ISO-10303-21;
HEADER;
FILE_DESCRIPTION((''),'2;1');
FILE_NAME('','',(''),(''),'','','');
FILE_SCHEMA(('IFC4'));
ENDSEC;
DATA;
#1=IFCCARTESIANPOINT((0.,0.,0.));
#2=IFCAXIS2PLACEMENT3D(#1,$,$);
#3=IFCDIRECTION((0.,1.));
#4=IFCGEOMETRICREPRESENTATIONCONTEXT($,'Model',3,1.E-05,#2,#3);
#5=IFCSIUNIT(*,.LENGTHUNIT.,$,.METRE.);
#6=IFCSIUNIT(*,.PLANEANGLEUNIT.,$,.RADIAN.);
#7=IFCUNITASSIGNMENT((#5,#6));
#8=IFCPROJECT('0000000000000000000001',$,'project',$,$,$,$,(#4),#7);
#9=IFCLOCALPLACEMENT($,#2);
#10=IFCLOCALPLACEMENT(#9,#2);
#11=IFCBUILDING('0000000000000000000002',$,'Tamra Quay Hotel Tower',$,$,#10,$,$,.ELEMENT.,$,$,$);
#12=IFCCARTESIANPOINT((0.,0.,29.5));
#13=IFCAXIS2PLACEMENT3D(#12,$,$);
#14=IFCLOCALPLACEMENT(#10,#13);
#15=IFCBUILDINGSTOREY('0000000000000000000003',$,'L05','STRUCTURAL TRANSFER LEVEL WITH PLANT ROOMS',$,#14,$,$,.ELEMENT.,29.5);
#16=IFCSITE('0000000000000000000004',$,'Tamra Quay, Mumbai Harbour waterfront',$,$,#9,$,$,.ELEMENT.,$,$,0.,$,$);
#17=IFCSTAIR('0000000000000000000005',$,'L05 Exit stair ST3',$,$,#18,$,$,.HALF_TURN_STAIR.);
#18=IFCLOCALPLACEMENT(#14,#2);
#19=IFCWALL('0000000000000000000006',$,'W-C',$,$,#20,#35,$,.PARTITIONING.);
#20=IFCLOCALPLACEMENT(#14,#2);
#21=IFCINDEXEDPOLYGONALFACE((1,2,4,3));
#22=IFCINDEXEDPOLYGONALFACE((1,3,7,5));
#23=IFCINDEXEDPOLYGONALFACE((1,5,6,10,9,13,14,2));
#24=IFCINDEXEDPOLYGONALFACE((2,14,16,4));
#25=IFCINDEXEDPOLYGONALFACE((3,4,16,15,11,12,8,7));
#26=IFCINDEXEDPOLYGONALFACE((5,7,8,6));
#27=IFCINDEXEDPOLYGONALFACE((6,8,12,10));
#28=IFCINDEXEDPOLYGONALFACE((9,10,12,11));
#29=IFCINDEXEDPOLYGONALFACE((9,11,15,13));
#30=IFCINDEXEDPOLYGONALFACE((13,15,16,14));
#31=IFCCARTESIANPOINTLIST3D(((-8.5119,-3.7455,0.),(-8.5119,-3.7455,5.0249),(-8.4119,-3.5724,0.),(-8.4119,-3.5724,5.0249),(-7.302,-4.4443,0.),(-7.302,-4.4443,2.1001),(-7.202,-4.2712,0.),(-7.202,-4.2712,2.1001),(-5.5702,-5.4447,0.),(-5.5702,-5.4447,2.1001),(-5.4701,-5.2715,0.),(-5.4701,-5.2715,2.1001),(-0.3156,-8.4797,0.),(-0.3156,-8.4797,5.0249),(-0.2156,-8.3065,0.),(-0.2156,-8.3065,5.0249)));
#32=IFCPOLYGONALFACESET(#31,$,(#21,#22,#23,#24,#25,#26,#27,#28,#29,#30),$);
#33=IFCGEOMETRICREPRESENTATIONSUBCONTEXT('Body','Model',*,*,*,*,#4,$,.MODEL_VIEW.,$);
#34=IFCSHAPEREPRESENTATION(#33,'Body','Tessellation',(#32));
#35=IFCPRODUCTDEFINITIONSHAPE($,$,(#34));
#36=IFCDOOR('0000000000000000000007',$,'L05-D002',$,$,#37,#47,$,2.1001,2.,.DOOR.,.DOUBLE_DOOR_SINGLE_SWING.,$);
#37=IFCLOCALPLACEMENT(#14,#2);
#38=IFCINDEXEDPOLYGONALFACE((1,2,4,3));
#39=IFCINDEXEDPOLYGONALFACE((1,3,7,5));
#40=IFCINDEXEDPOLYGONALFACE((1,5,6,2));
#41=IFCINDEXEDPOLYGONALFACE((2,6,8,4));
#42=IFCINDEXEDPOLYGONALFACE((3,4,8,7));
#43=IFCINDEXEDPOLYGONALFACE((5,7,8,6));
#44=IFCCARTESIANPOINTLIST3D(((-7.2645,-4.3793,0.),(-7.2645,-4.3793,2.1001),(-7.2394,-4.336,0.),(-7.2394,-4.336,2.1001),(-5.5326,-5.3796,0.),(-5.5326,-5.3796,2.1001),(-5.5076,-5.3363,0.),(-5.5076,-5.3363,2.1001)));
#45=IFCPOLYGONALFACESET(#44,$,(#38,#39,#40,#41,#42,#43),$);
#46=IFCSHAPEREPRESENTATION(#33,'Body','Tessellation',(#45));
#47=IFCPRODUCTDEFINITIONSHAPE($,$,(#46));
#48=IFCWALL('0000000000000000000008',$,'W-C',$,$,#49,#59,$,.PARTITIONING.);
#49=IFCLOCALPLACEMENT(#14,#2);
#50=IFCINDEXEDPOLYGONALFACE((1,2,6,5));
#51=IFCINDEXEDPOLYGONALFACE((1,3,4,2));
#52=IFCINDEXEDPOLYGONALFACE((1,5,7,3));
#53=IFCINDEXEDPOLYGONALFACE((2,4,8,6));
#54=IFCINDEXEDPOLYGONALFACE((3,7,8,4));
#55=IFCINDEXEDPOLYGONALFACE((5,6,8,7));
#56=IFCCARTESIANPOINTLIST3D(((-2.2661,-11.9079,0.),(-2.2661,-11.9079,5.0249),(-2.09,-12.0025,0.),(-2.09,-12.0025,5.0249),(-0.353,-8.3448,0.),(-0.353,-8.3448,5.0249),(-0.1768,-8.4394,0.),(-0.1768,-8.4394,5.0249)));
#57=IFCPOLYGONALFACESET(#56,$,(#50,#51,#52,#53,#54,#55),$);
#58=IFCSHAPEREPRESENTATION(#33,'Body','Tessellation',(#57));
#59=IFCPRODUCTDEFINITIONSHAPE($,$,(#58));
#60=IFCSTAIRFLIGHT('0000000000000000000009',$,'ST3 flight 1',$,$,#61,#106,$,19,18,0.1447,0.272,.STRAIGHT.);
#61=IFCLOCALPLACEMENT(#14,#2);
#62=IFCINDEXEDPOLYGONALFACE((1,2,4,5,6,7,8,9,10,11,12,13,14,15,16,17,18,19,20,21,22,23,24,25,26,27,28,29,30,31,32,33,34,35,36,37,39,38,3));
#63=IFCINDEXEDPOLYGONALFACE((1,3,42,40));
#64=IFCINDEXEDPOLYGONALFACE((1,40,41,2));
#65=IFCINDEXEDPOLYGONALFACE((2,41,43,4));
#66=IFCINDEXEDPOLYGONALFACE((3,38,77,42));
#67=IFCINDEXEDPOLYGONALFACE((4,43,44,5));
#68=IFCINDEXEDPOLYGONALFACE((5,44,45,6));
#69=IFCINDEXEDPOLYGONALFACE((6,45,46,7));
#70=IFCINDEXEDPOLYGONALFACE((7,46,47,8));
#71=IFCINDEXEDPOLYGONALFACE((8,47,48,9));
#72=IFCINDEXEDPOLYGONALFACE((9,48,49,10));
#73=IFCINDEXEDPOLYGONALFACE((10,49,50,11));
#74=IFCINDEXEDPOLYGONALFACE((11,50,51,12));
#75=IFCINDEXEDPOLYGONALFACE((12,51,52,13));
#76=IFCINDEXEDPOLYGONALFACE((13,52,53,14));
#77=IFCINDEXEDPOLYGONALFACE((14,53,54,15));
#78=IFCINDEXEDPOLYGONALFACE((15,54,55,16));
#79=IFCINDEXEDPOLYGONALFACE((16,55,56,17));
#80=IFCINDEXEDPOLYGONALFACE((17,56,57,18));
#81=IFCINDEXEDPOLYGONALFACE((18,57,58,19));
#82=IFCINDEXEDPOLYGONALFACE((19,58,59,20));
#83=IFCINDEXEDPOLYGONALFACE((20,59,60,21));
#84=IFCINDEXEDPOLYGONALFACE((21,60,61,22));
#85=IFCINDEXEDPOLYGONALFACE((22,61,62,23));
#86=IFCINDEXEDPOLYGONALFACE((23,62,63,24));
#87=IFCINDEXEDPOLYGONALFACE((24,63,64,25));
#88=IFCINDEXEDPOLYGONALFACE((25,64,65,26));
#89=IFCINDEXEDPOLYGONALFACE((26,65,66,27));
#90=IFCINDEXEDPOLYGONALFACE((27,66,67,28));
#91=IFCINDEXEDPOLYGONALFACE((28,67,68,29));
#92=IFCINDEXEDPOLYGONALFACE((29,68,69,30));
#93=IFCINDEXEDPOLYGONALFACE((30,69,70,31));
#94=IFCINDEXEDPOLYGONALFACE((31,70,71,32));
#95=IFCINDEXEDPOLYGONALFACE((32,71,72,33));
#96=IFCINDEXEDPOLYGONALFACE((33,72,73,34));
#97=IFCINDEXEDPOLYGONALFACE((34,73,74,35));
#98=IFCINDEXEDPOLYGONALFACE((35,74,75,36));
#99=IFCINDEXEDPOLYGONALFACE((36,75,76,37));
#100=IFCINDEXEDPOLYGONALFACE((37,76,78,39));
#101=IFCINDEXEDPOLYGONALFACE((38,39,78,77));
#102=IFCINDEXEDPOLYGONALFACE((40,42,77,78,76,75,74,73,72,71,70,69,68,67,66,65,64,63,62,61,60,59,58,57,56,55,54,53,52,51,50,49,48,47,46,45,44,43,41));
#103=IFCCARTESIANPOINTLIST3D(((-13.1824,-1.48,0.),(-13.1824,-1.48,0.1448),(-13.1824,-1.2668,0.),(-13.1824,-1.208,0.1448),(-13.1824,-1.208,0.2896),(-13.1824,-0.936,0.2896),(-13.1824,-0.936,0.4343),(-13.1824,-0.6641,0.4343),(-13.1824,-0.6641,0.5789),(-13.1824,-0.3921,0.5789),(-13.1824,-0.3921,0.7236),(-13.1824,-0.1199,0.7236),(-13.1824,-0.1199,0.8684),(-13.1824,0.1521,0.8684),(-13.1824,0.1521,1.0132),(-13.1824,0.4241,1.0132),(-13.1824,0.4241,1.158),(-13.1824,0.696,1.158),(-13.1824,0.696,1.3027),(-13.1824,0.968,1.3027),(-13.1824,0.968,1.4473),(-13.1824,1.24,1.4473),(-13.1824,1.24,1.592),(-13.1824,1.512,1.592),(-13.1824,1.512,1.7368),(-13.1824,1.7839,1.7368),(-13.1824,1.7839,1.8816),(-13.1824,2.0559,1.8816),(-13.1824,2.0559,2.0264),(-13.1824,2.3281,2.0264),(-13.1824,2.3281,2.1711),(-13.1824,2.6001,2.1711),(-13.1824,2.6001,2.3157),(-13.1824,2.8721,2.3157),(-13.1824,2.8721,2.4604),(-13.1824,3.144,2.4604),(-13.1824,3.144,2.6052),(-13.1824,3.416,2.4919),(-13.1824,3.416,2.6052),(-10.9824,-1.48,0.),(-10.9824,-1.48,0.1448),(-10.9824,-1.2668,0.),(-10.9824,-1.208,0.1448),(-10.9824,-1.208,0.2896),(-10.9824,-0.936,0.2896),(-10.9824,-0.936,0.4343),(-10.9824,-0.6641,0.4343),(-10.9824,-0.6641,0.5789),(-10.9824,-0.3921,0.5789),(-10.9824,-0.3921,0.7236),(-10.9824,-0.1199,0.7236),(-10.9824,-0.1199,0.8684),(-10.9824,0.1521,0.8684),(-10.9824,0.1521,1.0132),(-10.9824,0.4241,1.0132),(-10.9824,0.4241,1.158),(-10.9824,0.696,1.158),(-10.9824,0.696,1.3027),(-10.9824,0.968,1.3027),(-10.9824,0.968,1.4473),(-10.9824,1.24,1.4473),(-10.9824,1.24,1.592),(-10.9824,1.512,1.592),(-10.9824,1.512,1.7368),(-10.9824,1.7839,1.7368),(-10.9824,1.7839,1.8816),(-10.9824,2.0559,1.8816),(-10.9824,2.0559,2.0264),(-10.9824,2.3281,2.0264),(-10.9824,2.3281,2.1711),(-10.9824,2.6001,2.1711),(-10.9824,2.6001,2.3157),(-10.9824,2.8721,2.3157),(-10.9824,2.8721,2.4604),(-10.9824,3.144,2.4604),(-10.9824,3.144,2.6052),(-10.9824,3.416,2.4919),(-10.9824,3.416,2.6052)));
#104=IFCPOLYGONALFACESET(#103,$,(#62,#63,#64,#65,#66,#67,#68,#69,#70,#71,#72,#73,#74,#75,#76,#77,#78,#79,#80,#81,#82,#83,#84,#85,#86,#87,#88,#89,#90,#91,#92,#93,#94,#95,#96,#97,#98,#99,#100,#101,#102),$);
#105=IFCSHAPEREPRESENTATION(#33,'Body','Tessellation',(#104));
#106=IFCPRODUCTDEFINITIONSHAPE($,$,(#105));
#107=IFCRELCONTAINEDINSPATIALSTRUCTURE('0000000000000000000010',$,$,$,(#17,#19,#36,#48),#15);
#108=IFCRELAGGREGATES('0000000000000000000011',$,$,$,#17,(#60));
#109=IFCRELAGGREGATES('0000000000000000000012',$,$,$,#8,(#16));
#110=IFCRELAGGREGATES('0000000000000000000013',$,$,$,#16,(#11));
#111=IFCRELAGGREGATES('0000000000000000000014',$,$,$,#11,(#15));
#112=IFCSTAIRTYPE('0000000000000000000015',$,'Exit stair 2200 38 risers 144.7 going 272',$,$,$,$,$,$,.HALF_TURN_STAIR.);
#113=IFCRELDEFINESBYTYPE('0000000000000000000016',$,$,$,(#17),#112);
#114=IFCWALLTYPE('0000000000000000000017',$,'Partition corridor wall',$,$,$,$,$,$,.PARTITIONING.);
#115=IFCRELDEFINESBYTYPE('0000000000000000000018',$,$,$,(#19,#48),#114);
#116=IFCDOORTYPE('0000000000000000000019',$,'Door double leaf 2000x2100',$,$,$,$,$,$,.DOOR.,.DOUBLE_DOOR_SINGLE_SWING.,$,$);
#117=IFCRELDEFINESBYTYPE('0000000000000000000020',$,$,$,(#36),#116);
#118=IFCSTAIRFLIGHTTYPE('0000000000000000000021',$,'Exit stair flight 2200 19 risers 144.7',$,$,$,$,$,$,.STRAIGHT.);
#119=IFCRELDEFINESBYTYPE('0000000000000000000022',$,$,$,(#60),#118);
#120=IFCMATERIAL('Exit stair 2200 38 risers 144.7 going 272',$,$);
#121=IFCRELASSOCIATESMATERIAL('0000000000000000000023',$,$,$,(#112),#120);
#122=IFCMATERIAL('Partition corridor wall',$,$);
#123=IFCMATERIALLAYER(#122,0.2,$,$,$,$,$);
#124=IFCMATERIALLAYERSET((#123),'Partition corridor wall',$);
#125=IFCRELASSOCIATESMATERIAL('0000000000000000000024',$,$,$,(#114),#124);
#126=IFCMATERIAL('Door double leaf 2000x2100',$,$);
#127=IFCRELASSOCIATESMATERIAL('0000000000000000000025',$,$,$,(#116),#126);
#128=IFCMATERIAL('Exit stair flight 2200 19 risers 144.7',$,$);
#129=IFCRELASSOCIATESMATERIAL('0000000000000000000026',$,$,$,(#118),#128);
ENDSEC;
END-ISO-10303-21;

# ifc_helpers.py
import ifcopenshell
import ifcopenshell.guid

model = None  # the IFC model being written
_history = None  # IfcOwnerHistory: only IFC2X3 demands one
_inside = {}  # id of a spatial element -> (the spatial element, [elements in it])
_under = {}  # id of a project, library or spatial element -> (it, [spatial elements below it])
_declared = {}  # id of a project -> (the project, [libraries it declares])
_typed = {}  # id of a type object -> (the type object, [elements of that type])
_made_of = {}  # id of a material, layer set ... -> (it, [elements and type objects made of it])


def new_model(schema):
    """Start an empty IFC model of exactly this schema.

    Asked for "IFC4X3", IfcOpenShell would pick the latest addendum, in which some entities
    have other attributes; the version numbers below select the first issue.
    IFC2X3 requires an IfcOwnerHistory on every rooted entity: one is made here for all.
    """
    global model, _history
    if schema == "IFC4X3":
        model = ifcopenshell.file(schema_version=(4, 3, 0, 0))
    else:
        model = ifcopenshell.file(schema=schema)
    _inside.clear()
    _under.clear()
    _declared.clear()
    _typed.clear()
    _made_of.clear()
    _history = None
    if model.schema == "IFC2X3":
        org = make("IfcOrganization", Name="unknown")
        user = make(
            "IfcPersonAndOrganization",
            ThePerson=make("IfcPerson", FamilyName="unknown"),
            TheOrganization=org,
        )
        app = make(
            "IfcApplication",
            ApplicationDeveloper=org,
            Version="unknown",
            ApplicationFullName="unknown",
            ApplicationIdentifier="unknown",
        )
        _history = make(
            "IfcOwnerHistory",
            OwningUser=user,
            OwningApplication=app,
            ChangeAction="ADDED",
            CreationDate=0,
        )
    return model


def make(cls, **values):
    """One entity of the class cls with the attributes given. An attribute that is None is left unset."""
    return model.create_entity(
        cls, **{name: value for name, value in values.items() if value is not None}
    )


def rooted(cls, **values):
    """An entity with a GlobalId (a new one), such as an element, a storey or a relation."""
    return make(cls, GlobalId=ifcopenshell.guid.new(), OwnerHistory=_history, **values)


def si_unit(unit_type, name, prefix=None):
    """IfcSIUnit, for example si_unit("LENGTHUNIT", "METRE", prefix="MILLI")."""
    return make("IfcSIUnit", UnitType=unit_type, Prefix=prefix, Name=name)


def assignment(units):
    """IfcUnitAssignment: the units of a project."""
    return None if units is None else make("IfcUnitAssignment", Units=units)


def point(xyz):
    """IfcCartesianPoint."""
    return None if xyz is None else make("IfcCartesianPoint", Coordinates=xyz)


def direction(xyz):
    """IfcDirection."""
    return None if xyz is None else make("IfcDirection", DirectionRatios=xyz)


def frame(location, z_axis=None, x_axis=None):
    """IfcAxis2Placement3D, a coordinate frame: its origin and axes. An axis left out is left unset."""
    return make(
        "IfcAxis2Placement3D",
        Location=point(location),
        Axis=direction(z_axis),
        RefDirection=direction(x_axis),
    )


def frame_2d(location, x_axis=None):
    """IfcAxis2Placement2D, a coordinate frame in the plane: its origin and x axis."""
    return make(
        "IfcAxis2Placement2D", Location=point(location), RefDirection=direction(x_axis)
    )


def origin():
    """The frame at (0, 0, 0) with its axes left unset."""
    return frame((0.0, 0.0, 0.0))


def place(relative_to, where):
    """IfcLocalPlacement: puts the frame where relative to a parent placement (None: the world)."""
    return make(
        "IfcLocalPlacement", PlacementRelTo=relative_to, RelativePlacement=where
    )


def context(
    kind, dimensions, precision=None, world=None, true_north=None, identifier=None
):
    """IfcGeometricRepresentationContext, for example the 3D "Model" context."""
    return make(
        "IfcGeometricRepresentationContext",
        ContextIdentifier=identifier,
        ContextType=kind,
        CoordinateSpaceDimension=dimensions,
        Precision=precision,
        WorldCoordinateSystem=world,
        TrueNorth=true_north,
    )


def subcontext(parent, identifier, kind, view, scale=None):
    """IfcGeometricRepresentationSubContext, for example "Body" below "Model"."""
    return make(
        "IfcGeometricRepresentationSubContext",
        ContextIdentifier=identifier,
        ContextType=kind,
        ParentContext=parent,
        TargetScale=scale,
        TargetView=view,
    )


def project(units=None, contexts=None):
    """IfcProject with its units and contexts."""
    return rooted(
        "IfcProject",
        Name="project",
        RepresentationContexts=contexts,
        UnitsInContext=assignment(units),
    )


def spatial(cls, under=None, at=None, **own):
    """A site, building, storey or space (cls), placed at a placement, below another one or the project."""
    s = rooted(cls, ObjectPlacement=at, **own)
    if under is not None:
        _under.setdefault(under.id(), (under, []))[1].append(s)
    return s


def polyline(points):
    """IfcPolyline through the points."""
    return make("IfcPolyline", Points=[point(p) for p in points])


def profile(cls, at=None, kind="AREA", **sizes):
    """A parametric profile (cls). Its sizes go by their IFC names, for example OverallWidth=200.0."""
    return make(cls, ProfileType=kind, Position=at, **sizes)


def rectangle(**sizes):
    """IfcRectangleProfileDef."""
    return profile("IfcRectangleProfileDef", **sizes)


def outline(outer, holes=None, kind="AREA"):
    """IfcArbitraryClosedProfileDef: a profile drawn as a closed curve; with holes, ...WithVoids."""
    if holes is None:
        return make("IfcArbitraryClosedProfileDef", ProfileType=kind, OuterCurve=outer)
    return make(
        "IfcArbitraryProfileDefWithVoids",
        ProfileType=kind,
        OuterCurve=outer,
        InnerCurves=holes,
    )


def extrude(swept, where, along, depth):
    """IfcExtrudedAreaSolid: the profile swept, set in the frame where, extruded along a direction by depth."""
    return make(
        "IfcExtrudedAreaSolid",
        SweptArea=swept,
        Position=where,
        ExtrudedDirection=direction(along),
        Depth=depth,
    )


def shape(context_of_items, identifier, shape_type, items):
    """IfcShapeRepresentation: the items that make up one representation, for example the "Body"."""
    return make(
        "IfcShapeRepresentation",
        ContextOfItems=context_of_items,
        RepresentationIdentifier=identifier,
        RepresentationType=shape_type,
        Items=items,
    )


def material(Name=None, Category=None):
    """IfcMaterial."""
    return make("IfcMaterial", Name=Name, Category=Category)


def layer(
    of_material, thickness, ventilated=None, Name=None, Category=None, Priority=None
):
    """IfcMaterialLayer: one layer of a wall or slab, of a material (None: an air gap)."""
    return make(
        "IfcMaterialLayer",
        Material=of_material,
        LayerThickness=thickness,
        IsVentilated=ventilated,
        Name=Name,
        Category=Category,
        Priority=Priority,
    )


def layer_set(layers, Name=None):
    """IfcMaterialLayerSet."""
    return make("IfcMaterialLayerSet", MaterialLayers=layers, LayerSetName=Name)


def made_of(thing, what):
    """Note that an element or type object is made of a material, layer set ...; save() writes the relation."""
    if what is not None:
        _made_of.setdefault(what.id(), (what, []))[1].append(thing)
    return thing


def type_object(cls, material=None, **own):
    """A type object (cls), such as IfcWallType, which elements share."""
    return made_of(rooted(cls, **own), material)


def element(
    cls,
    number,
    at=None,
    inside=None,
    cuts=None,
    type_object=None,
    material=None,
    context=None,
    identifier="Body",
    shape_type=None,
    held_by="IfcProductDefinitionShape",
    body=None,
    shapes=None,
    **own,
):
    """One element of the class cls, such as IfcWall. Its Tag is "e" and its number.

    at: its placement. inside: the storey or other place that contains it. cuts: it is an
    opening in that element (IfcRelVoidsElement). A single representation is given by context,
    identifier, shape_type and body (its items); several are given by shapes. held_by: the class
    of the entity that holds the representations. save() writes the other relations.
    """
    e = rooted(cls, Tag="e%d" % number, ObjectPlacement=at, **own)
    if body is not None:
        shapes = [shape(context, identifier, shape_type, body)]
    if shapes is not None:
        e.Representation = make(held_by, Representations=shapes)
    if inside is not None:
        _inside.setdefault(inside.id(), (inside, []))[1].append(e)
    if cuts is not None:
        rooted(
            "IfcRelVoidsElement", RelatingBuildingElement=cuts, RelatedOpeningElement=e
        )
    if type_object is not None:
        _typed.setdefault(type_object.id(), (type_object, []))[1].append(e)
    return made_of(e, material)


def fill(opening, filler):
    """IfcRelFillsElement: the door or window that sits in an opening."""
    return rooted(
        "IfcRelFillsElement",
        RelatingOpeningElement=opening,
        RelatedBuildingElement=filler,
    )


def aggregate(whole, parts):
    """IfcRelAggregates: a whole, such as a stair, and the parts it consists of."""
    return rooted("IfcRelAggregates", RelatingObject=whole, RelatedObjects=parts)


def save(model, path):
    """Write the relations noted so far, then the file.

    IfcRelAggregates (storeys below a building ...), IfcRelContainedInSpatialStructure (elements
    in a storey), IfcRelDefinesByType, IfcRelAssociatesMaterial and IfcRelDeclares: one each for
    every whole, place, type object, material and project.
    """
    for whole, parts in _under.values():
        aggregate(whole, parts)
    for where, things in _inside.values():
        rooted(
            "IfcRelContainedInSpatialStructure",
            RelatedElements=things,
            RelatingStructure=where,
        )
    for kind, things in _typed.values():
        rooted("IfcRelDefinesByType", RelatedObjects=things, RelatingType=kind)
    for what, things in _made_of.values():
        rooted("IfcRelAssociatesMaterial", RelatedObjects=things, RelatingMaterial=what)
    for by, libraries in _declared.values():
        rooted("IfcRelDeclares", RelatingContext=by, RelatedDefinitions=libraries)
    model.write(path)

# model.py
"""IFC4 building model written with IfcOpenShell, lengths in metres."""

from ifc_helpers import new_model, si_unit, direction, frame, frame_2d, origin, place, context, subcontext, project, spatial, polyline, rectangle, outline, extrude, material, layer, layer_set, type_object, element, fill, aggregate, save


model = new_model("IFC4")

# Units and contexts
model_context = context("Model", 3, precision=1e-05, world=origin(), true_north=direction((0.0, 1.0)))
body_context = subcontext(model_context, "Body", "Model", "MODEL_VIEW")
ifc_project = project(units=[si_unit("LENGTHUNIT", "METRE"), si_unit("PLANEANGLEUNIT", "RADIAN")], contexts=[model_context])

# Site, building, storey
site_placement = place(None, origin())
site = spatial("IfcSite", under=ifc_project, at=site_placement, Name="Tamra Quay, Mumbai Harbour waterfront", CompositionType="ELEMENT", RefElevation=0.0)
building_placement = place(site_placement, origin())
building = spatial("IfcBuilding", under=site, at=building_placement, Name="Tamra Quay Hotel Tower", CompositionType="ELEMENT")
storey_placement = place(building_placement, frame((0.0, 0.0, 29.5)))
storey = spatial("IfcBuildingStorey", under=building, at=storey_placement, Name="L05", Description="STRUCTURAL TRANSFER LEVEL WITH PLANT ROOMS", CompositionType="ELEMENT", Elevation=29.5)

# Stair
ifc_material_1 = material(Name="Exit stair 2200 38 risers 144.7 going 272")
stair_type = type_object("IfcStairType", Name="Exit stair 2200 38 risers 144.7 going 272", PredefinedType="HALF_TURN_STAIR", material=ifc_material_1)
stair_1_placement = place(storey_placement, origin())
stair_1 = element("IfcStair", 1, at=stair_1_placement, inside=storey, type_object=stair_type, Name="L05 Exit stair ST3", PredefinedType="HALF_TURN_STAIR")

# Shared definitions
ifc_material_2 = material(Name="Partition corridor wall")
ifc_layer_1 = layer(ifc_material_2, 0.2)
ifc_layer_set_1 = layer_set([ifc_layer_1], Name="Partition corridor wall")
wall_type_1 = type_object("IfcWallType", Name="Partition corridor wall", PredefinedType="PARTITIONING", material=ifc_layer_set_1)

# Wall, opening, door
wall_1_placement = place(storey_placement, frame((-8.4619, -3.6589, 0.0), z_axis=(0.0, 0.0, 1.0), x_axis=(0.865934, -0.500159, 0.0)))
wall_1 = element("IfcWall", 2, at=wall_1_placement, inside=storey, type_object=wall_type_1, Name="W-C", PredefinedType="PARTITIONING", context=body_context, shape_type="SweptSolid", body=[
    extrude(rectangle(XDim=9.4653, YDim=0.2, at=frame_2d((4.7327, 0.0))), origin(), (0.0, 0.0, 1.0), 5.0249),
])
opening_1_placement = place(wall_1_placement, frame((1.3972, 0.0, 0.0)))
opening_1 = element("IfcOpeningElement", 3, at=opening_1_placement, cuts=wall_1, PredefinedType="OPENING", context=body_context, shape_type="SweptSolid", body=[
    extrude(rectangle(XDim=2.0, YDim=2.1001, at=frame_2d((1.0, 1.05))), frame((0.0, 0.1099, 0.0), z_axis=(0.0, -1.0, 0.0), x_axis=(1.0, 0.0, 0.0)), (0.0, 0.0, 1.0), 0.22),
])
ifc_material_3 = material(Name="Door double leaf 2000x2100")
door_type_1 = type_object("IfcDoorType", Name="Door double leaf 2000x2100", OperationType="DOUBLE_DOOR_SINGLE_SWING", PredefinedType="DOOR", material=ifc_material_3)
door_1_placement = place(opening_1_placement, frame((2.0, 0.0, 0.0), z_axis=(0.0, 0.0, 1.0), x_axis=(-1.0, 0.0, 0.0)))
door_1 = element("IfcDoor", 4, at=door_1_placement, inside=storey, type_object=door_type_1, Name="L05-D002", OperationType="DOUBLE_DOOR_SINGLE_SWING", OverallHeight=2.1001, OverallWidth=2.0, PredefinedType="DOOR", context=body_context, shape_type="SweptSolid", body=[
    extrude(rectangle(XDim=2.0, YDim=2.1001, at=frame_2d((1.0, 1.05))), frame((0.0, 0.0249, 0.0), z_axis=(0.0, -1.0, 0.0), x_axis=(1.0, 0.0, 0.0)), (0.0, 0.0, 1.0), 0.05),
])
fill(opening_1, door_1)

# Wall
wall_2_placement = place(storey_placement, frame((-2.178, -11.9551, 0.0), z_axis=(0.0, 0.0, 1.0), x_axis=(0.473055, 0.881033, 0.0)))
element("IfcWall", 5, at=wall_2_placement, inside=storey, type_object=wall_type_1, Name="W-C", PredefinedType="PARTITIONING", context=body_context, shape_type="SweptSolid", body=[
    extrude(rectangle(XDim=4.0442, YDim=0.2, at=frame_2d((2.022, 0.0))), origin(), (0.0, 0.0, 1.0), 5.0249),
])

# Stair flight
ifc_material_4 = material(Name="Exit stair flight 2200 19 risers 144.7")
stair_flight_type = type_object("IfcStairFlightType", Name="Exit stair flight 2200 19 risers 144.7", PredefinedType="STRAIGHT", material=ifc_material_4)
stair_flight_placement = place(storey_placement, frame((-12.0823, -1.48, 0.0), z_axis=(0.0, 0.0, 1.0), x_axis=(0.0, 1.0, 0.0)))
stair_flight = element("IfcStairFlight", 6, at=stair_flight_placement, type_object=stair_flight_type, Name="ST3 flight 1", NumberOfRisers=19, NumberOfTreads=18, PredefinedType="STRAIGHT", RiserHeight=0.1447, TreadLength=0.272, context=body_context, shape_type="SweptSolid", body=[
    extrude(outline(polyline([(0.0, 0.0), (0.0, 0.1448), (0.272, 0.1448), (0.272, 0.2896), (0.5439, 0.2896), (0.5439, 0.4343), (0.8159, 0.4343), (0.8159, 0.5789), (1.0879, 0.5789), (1.0879, 0.7236), (1.3601, 0.7236), (1.3601, 0.8684), (1.6321, 0.8684), (1.6321, 1.0132), (1.9041, 1.0132), (1.9041, 1.158), (2.176, 1.158), (2.176, 1.3027), (2.448, 1.3027), (2.448, 1.4473), (2.72, 1.4473), (2.72, 1.592), (2.9919, 1.592), (2.9919, 1.7368), (3.2639, 1.7368), (3.2639, 1.8816), (3.5359, 1.8816), (3.5359, 2.0264), (3.8081, 2.0264), (3.8081, 2.1711), (4.0801, 2.1711), (4.0801, 2.3157), (4.3521, 2.3157), (4.3521, 2.4604), (4.624, 2.4604), (4.624, 2.6052), (4.896, 2.6052), (4.896, 2.75), (4.896, 2.4919), (0.2131, 0.0), (0.0, 0.0)])), frame((0.0, 1.1001, 0.0), z_axis=(0.0, -1.0, 0.0), x_axis=(1.0, 0.0, 0.0)), (0.0, 0.0, 1.0), 2.2),
])
aggregate(stair_1, [stair_flight])

save(model, "model.ifc")
